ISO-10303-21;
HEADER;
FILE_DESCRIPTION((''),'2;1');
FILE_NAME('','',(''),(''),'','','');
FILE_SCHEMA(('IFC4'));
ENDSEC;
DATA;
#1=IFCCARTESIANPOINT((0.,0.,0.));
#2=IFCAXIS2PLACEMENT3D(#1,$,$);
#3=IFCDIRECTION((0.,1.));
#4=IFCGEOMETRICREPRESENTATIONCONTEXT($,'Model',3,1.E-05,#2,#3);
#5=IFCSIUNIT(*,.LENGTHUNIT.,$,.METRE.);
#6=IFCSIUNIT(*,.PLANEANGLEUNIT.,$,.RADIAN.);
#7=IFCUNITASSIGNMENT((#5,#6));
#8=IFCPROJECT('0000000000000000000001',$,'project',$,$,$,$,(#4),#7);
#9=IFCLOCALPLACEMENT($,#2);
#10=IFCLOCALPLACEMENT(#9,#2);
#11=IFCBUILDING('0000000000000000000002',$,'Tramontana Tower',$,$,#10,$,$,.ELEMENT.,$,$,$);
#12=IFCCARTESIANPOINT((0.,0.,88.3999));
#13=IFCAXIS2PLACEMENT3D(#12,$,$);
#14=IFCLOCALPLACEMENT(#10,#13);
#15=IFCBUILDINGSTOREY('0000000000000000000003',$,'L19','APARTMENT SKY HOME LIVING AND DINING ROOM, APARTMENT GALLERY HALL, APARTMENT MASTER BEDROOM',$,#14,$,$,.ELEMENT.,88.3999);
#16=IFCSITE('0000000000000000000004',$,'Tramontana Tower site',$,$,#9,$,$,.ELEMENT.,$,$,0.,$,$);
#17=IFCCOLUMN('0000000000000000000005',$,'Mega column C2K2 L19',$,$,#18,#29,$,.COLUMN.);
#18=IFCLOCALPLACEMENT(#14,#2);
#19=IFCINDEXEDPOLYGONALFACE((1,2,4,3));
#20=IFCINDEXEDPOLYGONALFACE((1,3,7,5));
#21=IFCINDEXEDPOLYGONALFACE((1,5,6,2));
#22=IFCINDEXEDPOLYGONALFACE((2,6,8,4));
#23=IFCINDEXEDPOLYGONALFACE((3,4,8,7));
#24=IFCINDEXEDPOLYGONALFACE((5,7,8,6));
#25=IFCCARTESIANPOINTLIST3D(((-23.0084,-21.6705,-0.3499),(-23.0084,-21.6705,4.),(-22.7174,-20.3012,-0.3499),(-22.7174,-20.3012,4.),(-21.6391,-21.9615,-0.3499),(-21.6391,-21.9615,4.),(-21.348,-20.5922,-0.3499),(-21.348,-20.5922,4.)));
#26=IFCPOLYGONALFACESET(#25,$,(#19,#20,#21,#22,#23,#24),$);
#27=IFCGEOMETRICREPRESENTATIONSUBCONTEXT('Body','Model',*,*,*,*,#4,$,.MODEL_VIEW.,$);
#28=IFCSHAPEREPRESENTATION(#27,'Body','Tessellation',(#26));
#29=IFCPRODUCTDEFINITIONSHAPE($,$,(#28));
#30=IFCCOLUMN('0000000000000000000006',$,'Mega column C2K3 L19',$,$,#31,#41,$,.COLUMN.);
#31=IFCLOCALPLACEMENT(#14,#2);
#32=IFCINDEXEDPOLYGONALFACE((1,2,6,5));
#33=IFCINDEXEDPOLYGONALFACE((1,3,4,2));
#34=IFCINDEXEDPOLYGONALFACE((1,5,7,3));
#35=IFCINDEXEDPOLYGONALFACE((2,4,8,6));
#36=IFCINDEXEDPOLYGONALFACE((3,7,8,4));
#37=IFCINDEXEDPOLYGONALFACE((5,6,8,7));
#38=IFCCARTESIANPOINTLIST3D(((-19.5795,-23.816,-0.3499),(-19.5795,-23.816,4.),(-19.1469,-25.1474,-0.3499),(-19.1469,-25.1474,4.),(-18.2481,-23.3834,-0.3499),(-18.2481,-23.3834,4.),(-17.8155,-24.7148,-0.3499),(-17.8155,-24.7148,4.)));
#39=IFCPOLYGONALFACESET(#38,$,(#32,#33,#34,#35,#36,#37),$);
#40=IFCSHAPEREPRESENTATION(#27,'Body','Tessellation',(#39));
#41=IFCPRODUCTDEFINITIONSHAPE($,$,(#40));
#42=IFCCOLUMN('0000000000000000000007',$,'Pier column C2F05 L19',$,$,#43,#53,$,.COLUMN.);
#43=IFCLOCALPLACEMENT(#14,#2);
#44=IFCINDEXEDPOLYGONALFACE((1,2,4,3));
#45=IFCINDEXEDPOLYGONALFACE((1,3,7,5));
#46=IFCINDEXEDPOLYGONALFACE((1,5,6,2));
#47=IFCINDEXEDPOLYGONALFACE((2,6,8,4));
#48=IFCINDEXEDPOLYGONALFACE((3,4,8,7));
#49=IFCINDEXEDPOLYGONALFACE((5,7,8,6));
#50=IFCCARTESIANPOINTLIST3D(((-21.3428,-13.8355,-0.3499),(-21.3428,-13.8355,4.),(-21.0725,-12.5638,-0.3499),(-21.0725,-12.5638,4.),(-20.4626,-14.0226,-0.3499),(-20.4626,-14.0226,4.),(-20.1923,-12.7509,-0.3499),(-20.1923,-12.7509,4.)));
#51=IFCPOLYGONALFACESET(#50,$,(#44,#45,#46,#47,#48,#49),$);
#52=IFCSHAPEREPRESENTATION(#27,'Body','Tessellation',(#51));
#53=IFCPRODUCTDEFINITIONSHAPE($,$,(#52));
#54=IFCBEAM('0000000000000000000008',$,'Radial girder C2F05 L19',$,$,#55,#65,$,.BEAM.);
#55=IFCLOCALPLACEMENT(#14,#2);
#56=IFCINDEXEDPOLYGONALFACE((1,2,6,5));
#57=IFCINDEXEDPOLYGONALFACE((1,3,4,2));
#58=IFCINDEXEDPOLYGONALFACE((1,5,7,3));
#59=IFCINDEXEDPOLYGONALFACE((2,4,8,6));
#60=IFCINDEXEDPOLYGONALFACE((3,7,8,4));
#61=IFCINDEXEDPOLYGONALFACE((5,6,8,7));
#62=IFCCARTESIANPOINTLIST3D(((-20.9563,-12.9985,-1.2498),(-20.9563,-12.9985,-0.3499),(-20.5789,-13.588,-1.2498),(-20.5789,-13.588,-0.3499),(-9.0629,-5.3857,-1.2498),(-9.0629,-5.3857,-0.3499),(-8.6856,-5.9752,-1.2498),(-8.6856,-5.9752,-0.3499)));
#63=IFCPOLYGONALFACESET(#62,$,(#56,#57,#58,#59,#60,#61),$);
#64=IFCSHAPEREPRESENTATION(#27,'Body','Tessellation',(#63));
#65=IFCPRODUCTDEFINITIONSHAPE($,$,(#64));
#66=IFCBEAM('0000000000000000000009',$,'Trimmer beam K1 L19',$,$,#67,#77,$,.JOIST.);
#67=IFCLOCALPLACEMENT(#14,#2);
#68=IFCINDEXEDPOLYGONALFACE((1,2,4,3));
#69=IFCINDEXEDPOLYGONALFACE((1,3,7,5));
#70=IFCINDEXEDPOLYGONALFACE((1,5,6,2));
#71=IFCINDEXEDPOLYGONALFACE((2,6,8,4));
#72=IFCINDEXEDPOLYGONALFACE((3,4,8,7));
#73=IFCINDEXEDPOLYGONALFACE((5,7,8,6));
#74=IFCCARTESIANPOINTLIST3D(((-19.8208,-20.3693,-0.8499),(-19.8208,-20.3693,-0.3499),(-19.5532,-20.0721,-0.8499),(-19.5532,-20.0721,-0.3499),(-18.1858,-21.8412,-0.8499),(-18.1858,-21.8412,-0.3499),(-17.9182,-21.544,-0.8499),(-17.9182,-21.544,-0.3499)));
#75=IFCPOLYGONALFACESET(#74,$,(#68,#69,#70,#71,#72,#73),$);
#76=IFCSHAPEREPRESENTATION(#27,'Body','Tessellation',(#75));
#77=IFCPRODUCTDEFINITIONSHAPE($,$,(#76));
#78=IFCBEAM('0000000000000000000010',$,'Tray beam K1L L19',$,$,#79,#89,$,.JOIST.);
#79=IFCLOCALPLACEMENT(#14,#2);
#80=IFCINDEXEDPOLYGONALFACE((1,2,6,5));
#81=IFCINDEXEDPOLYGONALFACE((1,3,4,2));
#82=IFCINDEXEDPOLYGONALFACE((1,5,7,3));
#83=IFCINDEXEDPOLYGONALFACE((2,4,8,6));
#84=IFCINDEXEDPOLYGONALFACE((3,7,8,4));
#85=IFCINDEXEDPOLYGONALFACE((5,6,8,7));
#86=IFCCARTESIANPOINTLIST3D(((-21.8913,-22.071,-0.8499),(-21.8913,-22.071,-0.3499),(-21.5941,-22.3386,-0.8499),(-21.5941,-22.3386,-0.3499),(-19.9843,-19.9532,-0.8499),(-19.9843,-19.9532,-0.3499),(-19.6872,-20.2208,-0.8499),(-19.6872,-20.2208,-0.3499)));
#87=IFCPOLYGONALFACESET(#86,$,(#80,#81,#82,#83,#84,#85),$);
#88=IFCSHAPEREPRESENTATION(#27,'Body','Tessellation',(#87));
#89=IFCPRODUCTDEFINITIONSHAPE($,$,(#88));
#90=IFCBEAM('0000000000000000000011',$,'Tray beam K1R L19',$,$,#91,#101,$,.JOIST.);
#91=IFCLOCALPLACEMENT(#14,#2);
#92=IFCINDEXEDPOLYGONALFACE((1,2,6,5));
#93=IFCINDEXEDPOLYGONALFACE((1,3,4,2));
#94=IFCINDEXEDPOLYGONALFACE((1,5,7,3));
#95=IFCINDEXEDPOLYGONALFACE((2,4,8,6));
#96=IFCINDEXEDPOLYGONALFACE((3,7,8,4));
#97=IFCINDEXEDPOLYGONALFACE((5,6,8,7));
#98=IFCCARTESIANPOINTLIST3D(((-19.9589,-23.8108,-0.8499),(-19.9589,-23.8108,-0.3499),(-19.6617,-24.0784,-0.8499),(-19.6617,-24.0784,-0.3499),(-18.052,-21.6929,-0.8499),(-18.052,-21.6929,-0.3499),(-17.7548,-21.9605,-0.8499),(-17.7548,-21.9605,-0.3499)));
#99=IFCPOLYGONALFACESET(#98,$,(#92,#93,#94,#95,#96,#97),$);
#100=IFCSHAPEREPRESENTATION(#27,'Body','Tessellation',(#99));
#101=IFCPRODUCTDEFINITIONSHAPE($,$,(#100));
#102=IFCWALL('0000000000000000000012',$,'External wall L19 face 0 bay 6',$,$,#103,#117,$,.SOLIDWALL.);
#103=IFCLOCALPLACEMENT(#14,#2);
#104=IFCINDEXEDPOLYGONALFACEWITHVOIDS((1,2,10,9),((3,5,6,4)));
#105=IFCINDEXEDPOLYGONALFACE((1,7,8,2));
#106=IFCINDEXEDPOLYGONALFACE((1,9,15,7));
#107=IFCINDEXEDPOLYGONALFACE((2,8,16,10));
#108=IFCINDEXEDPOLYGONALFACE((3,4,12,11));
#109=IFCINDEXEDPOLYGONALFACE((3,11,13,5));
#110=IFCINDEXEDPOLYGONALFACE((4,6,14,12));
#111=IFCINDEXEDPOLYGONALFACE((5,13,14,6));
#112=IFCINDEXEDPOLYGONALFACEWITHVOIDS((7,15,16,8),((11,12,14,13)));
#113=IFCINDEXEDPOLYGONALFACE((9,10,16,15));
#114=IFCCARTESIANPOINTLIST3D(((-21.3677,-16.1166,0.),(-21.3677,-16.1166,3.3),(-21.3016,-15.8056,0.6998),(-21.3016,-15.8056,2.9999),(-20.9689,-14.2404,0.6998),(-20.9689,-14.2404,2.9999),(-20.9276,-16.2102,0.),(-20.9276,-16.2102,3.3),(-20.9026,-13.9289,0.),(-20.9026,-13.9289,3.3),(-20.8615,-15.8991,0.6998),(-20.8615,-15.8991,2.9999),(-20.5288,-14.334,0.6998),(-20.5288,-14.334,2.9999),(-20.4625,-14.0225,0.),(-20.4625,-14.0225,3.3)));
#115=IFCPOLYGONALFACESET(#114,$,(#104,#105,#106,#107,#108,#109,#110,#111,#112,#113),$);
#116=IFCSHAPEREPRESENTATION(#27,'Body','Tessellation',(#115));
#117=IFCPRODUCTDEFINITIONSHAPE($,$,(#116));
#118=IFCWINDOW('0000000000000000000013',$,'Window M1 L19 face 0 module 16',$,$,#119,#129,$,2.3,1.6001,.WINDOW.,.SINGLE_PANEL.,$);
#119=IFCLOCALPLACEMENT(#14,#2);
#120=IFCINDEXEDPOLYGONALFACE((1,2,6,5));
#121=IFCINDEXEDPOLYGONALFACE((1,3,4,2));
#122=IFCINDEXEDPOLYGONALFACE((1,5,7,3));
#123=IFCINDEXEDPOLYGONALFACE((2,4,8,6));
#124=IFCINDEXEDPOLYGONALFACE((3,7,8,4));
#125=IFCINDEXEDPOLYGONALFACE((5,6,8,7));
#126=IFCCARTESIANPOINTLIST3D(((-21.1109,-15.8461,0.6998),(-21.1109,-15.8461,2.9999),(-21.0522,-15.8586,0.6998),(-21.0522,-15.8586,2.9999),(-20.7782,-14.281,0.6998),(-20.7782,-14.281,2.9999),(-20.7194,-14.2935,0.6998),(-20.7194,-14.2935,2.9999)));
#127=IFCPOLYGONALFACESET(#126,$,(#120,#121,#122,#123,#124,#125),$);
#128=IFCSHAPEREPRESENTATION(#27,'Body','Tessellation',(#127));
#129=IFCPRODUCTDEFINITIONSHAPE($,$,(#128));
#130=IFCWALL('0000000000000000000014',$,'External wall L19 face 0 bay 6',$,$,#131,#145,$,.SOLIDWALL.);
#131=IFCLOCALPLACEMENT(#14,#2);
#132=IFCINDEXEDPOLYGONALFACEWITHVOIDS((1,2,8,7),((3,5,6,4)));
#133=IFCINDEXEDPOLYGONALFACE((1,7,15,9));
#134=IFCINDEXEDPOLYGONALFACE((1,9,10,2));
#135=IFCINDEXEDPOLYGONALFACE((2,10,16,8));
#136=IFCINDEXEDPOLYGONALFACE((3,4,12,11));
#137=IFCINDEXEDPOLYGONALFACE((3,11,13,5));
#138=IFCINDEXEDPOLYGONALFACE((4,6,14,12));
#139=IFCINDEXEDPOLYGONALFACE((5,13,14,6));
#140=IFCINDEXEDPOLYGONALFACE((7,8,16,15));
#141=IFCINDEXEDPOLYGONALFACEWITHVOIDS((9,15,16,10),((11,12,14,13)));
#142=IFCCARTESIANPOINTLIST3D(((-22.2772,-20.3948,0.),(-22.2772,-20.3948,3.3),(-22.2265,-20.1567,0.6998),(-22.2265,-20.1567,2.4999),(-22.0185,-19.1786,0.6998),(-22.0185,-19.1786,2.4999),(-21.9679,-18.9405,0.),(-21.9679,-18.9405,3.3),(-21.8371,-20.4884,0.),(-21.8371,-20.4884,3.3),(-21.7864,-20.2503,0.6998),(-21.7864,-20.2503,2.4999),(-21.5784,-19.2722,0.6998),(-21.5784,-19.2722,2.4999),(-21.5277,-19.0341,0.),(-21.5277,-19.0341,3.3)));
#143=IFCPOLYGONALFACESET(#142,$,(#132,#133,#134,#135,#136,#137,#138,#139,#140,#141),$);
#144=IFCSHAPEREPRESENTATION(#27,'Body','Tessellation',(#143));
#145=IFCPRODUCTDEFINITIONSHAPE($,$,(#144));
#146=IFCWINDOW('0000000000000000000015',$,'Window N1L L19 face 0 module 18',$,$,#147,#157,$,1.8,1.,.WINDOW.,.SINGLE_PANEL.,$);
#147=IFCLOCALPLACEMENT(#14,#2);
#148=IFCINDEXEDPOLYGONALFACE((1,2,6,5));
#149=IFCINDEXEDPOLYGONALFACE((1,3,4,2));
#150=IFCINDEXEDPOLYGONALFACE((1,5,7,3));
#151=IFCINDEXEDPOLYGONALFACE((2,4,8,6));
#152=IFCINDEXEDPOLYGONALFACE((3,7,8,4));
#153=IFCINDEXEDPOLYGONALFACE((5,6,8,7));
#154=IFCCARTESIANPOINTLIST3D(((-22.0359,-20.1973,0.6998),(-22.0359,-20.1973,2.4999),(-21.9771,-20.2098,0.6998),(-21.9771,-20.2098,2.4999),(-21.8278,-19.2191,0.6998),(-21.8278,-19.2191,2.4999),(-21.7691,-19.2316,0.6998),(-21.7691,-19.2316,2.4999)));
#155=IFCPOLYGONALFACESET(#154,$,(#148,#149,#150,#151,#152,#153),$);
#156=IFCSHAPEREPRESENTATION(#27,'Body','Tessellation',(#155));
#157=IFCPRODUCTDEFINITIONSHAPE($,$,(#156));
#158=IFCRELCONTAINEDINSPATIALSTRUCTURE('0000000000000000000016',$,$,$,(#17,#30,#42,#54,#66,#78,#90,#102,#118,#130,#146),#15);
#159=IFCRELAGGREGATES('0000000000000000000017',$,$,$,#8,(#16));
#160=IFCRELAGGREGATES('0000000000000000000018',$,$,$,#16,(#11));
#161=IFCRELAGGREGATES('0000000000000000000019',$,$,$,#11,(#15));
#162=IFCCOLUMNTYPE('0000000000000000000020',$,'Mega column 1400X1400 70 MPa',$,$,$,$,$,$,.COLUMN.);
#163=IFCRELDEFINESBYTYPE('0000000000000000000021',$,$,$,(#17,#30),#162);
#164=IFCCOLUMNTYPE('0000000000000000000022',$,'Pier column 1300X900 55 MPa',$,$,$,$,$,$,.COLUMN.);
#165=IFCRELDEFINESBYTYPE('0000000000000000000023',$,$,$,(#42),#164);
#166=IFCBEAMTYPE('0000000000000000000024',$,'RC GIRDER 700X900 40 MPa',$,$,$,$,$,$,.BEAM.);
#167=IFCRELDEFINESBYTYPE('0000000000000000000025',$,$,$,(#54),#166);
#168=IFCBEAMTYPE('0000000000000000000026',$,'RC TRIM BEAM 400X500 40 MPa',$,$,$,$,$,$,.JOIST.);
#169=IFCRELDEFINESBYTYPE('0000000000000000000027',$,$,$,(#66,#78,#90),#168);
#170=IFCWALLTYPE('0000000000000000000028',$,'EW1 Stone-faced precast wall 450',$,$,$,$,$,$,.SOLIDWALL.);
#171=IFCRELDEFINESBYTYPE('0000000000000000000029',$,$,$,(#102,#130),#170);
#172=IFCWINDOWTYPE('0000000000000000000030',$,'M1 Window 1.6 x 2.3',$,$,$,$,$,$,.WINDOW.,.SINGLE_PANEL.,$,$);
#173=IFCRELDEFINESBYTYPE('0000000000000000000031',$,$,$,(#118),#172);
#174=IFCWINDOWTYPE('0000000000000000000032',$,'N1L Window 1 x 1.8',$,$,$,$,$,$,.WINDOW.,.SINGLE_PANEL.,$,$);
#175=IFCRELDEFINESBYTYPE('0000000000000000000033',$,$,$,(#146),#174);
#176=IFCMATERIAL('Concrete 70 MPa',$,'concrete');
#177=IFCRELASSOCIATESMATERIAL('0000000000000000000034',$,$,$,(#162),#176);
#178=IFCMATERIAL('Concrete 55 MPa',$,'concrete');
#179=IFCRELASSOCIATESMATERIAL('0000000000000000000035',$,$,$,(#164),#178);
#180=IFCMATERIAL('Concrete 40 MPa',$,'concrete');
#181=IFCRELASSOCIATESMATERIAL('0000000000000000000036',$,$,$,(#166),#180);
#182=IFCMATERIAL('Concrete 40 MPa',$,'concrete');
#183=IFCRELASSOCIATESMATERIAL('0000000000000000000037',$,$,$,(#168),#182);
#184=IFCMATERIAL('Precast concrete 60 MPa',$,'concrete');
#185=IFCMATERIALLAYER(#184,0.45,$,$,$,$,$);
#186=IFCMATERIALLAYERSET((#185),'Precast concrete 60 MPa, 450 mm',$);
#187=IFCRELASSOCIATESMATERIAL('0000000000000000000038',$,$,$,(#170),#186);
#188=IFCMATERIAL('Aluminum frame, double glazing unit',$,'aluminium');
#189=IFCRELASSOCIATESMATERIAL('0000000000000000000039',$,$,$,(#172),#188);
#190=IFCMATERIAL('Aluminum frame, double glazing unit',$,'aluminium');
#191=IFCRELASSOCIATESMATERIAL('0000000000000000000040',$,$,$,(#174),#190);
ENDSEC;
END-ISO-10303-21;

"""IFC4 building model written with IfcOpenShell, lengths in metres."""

from ifc_helpers import new_model, si_unit, direction, frame, frame_2d, origin, origin_2d, place, context, subcontext, project, spatial, rectangle, extrude, material, layer, layer_set, material_profile, profile_set, type_object, element, fill, save


model = new_model("IFC4")

# Units and contexts
model_context = context("Model", 3, precision=1e-05, world=origin(), true_north=direction((0.0, 1.0)))
body_context = subcontext(model_context, "Body", "Model", "MODEL_VIEW")
ifc_project = project(units=[si_unit("LENGTHUNIT", "METRE"), si_unit("PLANEANGLEUNIT", "RADIAN")], contexts=[model_context])

# Site, building, storey
site_placement = place(None, origin())
site = spatial("IfcSite", under=ifc_project, at=site_placement, Name="Tramontana Tower site", CompositionType="ELEMENT", RefElevation=0.0)
building_placement = place(site_placement, origin())
building = spatial("IfcBuilding", under=site, at=building_placement, Name="Tramontana Tower", CompositionType="ELEMENT")
storey_placement = place(building_placement, frame((0.0, 0.0, 88.3999)))
storey = spatial("IfcBuildingStorey", under=building, at=storey_placement, Name="L19", Description="APARTMENT SKY HOME LIVING AND DINING ROOM, APARTMENT GALLERY HALL, APARTMENT MASTER BEDROOM", CompositionType="ELEMENT", Elevation=88.3999)

# Columns
ifc_material_1 = material(Name="Concrete 70 MPa", Category="concrete")
ifc_material_profile_1 = material_profile(ifc_material_1, rectangle(XDim=1.3999, YDim=1.3999, at=origin_2d()), Name="Mega column 1400X1400 70 MPa")
ifc_profile_set_1 = profile_set([ifc_material_profile_1], Name="Concrete 70 MPa")
column_type_1 = type_object("IfcColumnType", Name="Mega column 1400X1400 70 MPa", PredefinedType="COLUMN", material=ifc_profile_set_1)
for number, where, z_axis, x_axis, name in (
    (1, (-22.1782, -21.1313, -0.3499), (0.0, 0.0, 1.0), (-0.207912, -0.978148, 0.0), "Mega column C2K2 L19"),
    (2, (-18.6975, -24.2654, -0.3499), (0.0, 0.0, 1.0), (0.951057, 0.309017, 0.0), "Mega column C2K3 L19"),
):
    element("IfcColumn", number, at=place(storey_placement, frame(where, z_axis=z_axis, x_axis=x_axis)), inside=storey, type_object=column_type_1, Name=name, PredefinedType="COLUMN", context=body_context, shape_type="SweptSolid", body=[
        extrude(rectangle(XDim=1.3999, YDim=1.3999, at=origin_2d()), origin(), (0.0, 0.0, 1.0), 4.3499),
    ])
ifc_material_2 = material(Name="Concrete 55 MPa", Category="concrete")
ifc_material_profile_2 = material_profile(ifc_material_2, rectangle(XDim=1.3, YDim=0.8999, at=origin_2d()), Name="Pier column 1300X900 55 MPa")
ifc_profile_set_2 = profile_set([ifc_material_profile_2], Name="Concrete 55 MPa")
column_type_2 = type_object("IfcColumnType", Name="Pier column 1300X900 55 MPa", PredefinedType="COLUMN", material=ifc_profile_set_2)
column_placement = place(storey_placement, frame((-20.7676, -13.2932, -0.3499), z_axis=(0.0, 0.0, 1.0), x_axis=(-0.207912, -0.978148, 0.0)))
element("IfcColumn", 3, at=column_placement, inside=storey, type_object=column_type_2, Name="Pier column C2F05 L19", PredefinedType="COLUMN", context=body_context, shape_type="SweptSolid", body=[
    extrude(rectangle(XDim=1.3, YDim=0.8999, at=origin_2d()), origin(), (0.0, 0.0, 1.0), 4.3499),
])

# Beams
ifc_material_3 = material(Name="Concrete 40 MPa", Category="concrete")
ifc_material_profile_3 = material_profile(ifc_material_3, rectangle(XDim=0.7, YDim=0.8999, at=origin_2d()), Name="RC GIRDER 700X900 40 MPa")
ifc_profile_set_3 = profile_set([ifc_material_profile_3], Name="Concrete 40 MPa")
beam_type_1 = type_object("IfcBeamType", Name="RC GIRDER 700X900 40 MPa", PredefinedType="BEAM", material=ifc_profile_set_3)
beam_1_placement = place(storey_placement, frame((-20.7676, -13.2932, -0.7998), z_axis=(0.842237, 0.539108, 0.0), x_axis=(-0.539108, 0.842237, 0.0)))
element("IfcBeam", 4, at=beam_1_placement, inside=storey, type_object=beam_type_1, Name="Radial girder C2F05 L19", PredefinedType="BEAM", context=body_context, shape_type="SweptSolid", body=[
    extrude(rectangle(XDim=0.7, YDim=0.8999, at=origin_2d()), origin(), (0.0, 0.0, 1.0), 14.1211),
])
ifc_material_4 = material(Name="Concrete 40 MPa", Category="concrete")
ifc_material_profile_4 = material_profile(ifc_material_4, rectangle(XDim=0.3999, YDim=0.5, at=origin_2d()), Name="RC TRIM BEAM 400X500 40 MPa")
ifc_profile_set_4 = profile_set([ifc_material_profile_4], Name="Concrete 40 MPa")
beam_type_2 = type_object("IfcBeamType", Name="RC TRIM BEAM 400X500 40 MPa", PredefinedType="JOIST", material=ifc_profile_set_4)
beam_2_placement = place(storey_placement, frame((-19.687, -20.2207, -0.5999), z_axis=(0.7432, -0.669069, 0.0), x_axis=(0.669069, 0.7432, 0.0)))
element("IfcBeam", 5, at=beam_2_placement, inside=storey, type_object=beam_type_2, Name="Trimmer beam K1 L19", PredefinedType="JOIST", context=body_context, shape_type="SweptSolid", body=[
    extrude(rectangle(XDim=0.3999, YDim=0.5, at=origin_2d()), origin(), (0.0, 0.0, 1.0), 2.2),
])
for number, where, z_axis, x_axis, name in (
    (6, (-21.7427, -22.2048, -0.5999), (0.66913, 0.743145, 0.0), (-0.743145, 0.66913, 0.0), "Tray beam K1L L19"),
    (7, (-19.8103, -23.9446, -0.5999), (0.66913, 0.743145, 0.0), (-0.743145, 0.66913, 0.0), "Tray beam K1R L19"),
):
    element("IfcBeam", number, at=place(storey_placement, frame(where, z_axis=z_axis, x_axis=x_axis)), inside=storey, type_object=beam_type_2, Name=name, PredefinedType="JOIST", context=body_context, shape_type="SweptSolid", body=[
        extrude(rectangle(XDim=0.3999, YDim=0.5, at=origin_2d()), origin(), (0.0, 0.0, 1.0), 2.8499),
    ])

# Walls, openings, windows
ifc_material_5 = material(Name="Precast concrete 60 MPa", Category="concrete")
ifc_layer_1 = layer(ifc_material_5, 0.45)
ifc_layer_set_1 = layer_set([ifc_layer_1], Name="Precast concrete 60 MPa, 450 mm")
wall_type_1 = type_object("IfcWallType", Name="EW1 Stone-faced precast wall 450", PredefinedType="SOLIDWALL", material=ifc_layer_set_1)
wall_1_placement = place(storey_placement, frame((-20.6826, -13.9758, 0.0), z_axis=(0.0, 0.0, 1.0), x_axis=(-0.207941, -0.978141, 0.0)))
wall_1 = element("IfcWall", 8, at=wall_1_placement, inside=storey, type_object=wall_type_1, Name="External wall L19 face 0 bay 6", PredefinedType="SOLIDWALL", context=body_context, shape_type="SweptSolid", body=[
    extrude(rectangle(XDim=2.2366, YDim=0.45, at=frame_2d((1.1182, 0.0))), origin(), (0.0, 0.0, 1.0), 3.3),
])
opening_1_placement = place(wall_1_placement, frame((0.3184, 0.0, 0.7)))
opening_1 = element("IfcOpeningElement", 9, at=opening_1_placement, cuts=wall_1, PredefinedType="OPENING", context=body_context, shape_type="SweptSolid", body=[
    extrude(rectangle(XDim=1.6001, YDim=2.3, at=frame_2d((0.8, 1.1499))), frame((0.0, 0.2349, 0.0), z_axis=(0.0, -1.0, 0.0), x_axis=(1.0, 0.0, 0.0)), (0.0, 0.0, 1.0), 0.47),
])
ifc_material_6 = material(Name="Aluminum frame, double glazing unit", Category="aluminium")
window_type_1 = type_object("IfcWindowType", Name="M1 Window 1.6 x 2.3", PartitioningType="SINGLE_PANEL", PredefinedType="WINDOW", material=ifc_material_6)
window_1_placement = place(opening_1_placement, origin())
window_1 = element("IfcWindow", 10, at=window_1_placement, inside=storey, type_object=window_type_1, Name="Window M1 L19 face 0 module 16", OverallHeight=2.3, OverallWidth=1.6001, PartitioningType="SINGLE_PANEL", PredefinedType="WINDOW", context=body_context, shape_type="SweptSolid", body=[
    extrude(rectangle(XDim=1.6001, YDim=2.3, at=frame_2d((0.8, 1.1499))), frame((0.0, 0.03, 0.0), z_axis=(0.0, -1.0, 0.0), x_axis=(1.0, 0.0, 0.0)), (0.0, 0.0, 1.0), 0.0601),
])
fill(opening_1, window_1)
wall_2_placement = place(storey_placement, frame((-21.7478, -18.9873, 0.0), z_axis=(0.0, 0.0, 1.0), x_axis=(-0.208037, -0.978121, 0.0)))
wall_2 = element("IfcWall", 11, at=wall_2_placement, inside=storey, type_object=wall_type_1, Name="External wall L19 face 0 bay 6", PredefinedType="SOLIDWALL", context=body_context, shape_type="SweptSolid", body=[
    extrude(rectangle(XDim=1.4868, YDim=0.45, at=frame_2d((0.7434, 0.0))), origin(), (0.0, 0.0, 1.0), 3.3),
])
opening_2_placement = place(wall_2_placement, frame((0.2434, 0.0, 0.7)))
opening_2 = element("IfcOpeningElement", 12, at=opening_2_placement, cuts=wall_2, PredefinedType="OPENING", context=body_context, shape_type="SweptSolid", body=[
    extrude(rectangle(XDim=1.0, YDim=1.8, at=frame_2d((0.5, 0.8999))), frame((0.0, 0.2349, 0.0), z_axis=(0.0, -1.0, 0.0), x_axis=(1.0, 0.0, 0.0)), (0.0, 0.0, 1.0), 0.47),
])
ifc_material_7 = material(Name="Aluminum frame, double glazing unit", Category="aluminium")
window_type_2 = type_object("IfcWindowType", Name="N1L Window 1 x 1.8", PartitioningType="SINGLE_PANEL", PredefinedType="WINDOW", material=ifc_material_7)
window_2_placement = place(opening_2_placement, origin())
window_2 = element("IfcWindow", 13, at=window_2_placement, inside=storey, type_object=window_type_2, Name="Window N1L L19 face 0 module 18", OverallHeight=1.8, OverallWidth=1.0, PartitioningType="SINGLE_PANEL", PredefinedType="WINDOW", context=body_context, shape_type="SweptSolid", body=[
    extrude(rectangle(XDim=1.0, YDim=1.8, at=frame_2d((0.5, 0.8999))), frame((0.0, 0.03, 0.0), z_axis=(0.0, -1.0, 0.0), x_axis=(1.0, 0.0, 0.0)), (0.0, 0.0, 1.0), 0.0601),
])
fill(opening_2, window_2)

save(model, "model.ifc")
